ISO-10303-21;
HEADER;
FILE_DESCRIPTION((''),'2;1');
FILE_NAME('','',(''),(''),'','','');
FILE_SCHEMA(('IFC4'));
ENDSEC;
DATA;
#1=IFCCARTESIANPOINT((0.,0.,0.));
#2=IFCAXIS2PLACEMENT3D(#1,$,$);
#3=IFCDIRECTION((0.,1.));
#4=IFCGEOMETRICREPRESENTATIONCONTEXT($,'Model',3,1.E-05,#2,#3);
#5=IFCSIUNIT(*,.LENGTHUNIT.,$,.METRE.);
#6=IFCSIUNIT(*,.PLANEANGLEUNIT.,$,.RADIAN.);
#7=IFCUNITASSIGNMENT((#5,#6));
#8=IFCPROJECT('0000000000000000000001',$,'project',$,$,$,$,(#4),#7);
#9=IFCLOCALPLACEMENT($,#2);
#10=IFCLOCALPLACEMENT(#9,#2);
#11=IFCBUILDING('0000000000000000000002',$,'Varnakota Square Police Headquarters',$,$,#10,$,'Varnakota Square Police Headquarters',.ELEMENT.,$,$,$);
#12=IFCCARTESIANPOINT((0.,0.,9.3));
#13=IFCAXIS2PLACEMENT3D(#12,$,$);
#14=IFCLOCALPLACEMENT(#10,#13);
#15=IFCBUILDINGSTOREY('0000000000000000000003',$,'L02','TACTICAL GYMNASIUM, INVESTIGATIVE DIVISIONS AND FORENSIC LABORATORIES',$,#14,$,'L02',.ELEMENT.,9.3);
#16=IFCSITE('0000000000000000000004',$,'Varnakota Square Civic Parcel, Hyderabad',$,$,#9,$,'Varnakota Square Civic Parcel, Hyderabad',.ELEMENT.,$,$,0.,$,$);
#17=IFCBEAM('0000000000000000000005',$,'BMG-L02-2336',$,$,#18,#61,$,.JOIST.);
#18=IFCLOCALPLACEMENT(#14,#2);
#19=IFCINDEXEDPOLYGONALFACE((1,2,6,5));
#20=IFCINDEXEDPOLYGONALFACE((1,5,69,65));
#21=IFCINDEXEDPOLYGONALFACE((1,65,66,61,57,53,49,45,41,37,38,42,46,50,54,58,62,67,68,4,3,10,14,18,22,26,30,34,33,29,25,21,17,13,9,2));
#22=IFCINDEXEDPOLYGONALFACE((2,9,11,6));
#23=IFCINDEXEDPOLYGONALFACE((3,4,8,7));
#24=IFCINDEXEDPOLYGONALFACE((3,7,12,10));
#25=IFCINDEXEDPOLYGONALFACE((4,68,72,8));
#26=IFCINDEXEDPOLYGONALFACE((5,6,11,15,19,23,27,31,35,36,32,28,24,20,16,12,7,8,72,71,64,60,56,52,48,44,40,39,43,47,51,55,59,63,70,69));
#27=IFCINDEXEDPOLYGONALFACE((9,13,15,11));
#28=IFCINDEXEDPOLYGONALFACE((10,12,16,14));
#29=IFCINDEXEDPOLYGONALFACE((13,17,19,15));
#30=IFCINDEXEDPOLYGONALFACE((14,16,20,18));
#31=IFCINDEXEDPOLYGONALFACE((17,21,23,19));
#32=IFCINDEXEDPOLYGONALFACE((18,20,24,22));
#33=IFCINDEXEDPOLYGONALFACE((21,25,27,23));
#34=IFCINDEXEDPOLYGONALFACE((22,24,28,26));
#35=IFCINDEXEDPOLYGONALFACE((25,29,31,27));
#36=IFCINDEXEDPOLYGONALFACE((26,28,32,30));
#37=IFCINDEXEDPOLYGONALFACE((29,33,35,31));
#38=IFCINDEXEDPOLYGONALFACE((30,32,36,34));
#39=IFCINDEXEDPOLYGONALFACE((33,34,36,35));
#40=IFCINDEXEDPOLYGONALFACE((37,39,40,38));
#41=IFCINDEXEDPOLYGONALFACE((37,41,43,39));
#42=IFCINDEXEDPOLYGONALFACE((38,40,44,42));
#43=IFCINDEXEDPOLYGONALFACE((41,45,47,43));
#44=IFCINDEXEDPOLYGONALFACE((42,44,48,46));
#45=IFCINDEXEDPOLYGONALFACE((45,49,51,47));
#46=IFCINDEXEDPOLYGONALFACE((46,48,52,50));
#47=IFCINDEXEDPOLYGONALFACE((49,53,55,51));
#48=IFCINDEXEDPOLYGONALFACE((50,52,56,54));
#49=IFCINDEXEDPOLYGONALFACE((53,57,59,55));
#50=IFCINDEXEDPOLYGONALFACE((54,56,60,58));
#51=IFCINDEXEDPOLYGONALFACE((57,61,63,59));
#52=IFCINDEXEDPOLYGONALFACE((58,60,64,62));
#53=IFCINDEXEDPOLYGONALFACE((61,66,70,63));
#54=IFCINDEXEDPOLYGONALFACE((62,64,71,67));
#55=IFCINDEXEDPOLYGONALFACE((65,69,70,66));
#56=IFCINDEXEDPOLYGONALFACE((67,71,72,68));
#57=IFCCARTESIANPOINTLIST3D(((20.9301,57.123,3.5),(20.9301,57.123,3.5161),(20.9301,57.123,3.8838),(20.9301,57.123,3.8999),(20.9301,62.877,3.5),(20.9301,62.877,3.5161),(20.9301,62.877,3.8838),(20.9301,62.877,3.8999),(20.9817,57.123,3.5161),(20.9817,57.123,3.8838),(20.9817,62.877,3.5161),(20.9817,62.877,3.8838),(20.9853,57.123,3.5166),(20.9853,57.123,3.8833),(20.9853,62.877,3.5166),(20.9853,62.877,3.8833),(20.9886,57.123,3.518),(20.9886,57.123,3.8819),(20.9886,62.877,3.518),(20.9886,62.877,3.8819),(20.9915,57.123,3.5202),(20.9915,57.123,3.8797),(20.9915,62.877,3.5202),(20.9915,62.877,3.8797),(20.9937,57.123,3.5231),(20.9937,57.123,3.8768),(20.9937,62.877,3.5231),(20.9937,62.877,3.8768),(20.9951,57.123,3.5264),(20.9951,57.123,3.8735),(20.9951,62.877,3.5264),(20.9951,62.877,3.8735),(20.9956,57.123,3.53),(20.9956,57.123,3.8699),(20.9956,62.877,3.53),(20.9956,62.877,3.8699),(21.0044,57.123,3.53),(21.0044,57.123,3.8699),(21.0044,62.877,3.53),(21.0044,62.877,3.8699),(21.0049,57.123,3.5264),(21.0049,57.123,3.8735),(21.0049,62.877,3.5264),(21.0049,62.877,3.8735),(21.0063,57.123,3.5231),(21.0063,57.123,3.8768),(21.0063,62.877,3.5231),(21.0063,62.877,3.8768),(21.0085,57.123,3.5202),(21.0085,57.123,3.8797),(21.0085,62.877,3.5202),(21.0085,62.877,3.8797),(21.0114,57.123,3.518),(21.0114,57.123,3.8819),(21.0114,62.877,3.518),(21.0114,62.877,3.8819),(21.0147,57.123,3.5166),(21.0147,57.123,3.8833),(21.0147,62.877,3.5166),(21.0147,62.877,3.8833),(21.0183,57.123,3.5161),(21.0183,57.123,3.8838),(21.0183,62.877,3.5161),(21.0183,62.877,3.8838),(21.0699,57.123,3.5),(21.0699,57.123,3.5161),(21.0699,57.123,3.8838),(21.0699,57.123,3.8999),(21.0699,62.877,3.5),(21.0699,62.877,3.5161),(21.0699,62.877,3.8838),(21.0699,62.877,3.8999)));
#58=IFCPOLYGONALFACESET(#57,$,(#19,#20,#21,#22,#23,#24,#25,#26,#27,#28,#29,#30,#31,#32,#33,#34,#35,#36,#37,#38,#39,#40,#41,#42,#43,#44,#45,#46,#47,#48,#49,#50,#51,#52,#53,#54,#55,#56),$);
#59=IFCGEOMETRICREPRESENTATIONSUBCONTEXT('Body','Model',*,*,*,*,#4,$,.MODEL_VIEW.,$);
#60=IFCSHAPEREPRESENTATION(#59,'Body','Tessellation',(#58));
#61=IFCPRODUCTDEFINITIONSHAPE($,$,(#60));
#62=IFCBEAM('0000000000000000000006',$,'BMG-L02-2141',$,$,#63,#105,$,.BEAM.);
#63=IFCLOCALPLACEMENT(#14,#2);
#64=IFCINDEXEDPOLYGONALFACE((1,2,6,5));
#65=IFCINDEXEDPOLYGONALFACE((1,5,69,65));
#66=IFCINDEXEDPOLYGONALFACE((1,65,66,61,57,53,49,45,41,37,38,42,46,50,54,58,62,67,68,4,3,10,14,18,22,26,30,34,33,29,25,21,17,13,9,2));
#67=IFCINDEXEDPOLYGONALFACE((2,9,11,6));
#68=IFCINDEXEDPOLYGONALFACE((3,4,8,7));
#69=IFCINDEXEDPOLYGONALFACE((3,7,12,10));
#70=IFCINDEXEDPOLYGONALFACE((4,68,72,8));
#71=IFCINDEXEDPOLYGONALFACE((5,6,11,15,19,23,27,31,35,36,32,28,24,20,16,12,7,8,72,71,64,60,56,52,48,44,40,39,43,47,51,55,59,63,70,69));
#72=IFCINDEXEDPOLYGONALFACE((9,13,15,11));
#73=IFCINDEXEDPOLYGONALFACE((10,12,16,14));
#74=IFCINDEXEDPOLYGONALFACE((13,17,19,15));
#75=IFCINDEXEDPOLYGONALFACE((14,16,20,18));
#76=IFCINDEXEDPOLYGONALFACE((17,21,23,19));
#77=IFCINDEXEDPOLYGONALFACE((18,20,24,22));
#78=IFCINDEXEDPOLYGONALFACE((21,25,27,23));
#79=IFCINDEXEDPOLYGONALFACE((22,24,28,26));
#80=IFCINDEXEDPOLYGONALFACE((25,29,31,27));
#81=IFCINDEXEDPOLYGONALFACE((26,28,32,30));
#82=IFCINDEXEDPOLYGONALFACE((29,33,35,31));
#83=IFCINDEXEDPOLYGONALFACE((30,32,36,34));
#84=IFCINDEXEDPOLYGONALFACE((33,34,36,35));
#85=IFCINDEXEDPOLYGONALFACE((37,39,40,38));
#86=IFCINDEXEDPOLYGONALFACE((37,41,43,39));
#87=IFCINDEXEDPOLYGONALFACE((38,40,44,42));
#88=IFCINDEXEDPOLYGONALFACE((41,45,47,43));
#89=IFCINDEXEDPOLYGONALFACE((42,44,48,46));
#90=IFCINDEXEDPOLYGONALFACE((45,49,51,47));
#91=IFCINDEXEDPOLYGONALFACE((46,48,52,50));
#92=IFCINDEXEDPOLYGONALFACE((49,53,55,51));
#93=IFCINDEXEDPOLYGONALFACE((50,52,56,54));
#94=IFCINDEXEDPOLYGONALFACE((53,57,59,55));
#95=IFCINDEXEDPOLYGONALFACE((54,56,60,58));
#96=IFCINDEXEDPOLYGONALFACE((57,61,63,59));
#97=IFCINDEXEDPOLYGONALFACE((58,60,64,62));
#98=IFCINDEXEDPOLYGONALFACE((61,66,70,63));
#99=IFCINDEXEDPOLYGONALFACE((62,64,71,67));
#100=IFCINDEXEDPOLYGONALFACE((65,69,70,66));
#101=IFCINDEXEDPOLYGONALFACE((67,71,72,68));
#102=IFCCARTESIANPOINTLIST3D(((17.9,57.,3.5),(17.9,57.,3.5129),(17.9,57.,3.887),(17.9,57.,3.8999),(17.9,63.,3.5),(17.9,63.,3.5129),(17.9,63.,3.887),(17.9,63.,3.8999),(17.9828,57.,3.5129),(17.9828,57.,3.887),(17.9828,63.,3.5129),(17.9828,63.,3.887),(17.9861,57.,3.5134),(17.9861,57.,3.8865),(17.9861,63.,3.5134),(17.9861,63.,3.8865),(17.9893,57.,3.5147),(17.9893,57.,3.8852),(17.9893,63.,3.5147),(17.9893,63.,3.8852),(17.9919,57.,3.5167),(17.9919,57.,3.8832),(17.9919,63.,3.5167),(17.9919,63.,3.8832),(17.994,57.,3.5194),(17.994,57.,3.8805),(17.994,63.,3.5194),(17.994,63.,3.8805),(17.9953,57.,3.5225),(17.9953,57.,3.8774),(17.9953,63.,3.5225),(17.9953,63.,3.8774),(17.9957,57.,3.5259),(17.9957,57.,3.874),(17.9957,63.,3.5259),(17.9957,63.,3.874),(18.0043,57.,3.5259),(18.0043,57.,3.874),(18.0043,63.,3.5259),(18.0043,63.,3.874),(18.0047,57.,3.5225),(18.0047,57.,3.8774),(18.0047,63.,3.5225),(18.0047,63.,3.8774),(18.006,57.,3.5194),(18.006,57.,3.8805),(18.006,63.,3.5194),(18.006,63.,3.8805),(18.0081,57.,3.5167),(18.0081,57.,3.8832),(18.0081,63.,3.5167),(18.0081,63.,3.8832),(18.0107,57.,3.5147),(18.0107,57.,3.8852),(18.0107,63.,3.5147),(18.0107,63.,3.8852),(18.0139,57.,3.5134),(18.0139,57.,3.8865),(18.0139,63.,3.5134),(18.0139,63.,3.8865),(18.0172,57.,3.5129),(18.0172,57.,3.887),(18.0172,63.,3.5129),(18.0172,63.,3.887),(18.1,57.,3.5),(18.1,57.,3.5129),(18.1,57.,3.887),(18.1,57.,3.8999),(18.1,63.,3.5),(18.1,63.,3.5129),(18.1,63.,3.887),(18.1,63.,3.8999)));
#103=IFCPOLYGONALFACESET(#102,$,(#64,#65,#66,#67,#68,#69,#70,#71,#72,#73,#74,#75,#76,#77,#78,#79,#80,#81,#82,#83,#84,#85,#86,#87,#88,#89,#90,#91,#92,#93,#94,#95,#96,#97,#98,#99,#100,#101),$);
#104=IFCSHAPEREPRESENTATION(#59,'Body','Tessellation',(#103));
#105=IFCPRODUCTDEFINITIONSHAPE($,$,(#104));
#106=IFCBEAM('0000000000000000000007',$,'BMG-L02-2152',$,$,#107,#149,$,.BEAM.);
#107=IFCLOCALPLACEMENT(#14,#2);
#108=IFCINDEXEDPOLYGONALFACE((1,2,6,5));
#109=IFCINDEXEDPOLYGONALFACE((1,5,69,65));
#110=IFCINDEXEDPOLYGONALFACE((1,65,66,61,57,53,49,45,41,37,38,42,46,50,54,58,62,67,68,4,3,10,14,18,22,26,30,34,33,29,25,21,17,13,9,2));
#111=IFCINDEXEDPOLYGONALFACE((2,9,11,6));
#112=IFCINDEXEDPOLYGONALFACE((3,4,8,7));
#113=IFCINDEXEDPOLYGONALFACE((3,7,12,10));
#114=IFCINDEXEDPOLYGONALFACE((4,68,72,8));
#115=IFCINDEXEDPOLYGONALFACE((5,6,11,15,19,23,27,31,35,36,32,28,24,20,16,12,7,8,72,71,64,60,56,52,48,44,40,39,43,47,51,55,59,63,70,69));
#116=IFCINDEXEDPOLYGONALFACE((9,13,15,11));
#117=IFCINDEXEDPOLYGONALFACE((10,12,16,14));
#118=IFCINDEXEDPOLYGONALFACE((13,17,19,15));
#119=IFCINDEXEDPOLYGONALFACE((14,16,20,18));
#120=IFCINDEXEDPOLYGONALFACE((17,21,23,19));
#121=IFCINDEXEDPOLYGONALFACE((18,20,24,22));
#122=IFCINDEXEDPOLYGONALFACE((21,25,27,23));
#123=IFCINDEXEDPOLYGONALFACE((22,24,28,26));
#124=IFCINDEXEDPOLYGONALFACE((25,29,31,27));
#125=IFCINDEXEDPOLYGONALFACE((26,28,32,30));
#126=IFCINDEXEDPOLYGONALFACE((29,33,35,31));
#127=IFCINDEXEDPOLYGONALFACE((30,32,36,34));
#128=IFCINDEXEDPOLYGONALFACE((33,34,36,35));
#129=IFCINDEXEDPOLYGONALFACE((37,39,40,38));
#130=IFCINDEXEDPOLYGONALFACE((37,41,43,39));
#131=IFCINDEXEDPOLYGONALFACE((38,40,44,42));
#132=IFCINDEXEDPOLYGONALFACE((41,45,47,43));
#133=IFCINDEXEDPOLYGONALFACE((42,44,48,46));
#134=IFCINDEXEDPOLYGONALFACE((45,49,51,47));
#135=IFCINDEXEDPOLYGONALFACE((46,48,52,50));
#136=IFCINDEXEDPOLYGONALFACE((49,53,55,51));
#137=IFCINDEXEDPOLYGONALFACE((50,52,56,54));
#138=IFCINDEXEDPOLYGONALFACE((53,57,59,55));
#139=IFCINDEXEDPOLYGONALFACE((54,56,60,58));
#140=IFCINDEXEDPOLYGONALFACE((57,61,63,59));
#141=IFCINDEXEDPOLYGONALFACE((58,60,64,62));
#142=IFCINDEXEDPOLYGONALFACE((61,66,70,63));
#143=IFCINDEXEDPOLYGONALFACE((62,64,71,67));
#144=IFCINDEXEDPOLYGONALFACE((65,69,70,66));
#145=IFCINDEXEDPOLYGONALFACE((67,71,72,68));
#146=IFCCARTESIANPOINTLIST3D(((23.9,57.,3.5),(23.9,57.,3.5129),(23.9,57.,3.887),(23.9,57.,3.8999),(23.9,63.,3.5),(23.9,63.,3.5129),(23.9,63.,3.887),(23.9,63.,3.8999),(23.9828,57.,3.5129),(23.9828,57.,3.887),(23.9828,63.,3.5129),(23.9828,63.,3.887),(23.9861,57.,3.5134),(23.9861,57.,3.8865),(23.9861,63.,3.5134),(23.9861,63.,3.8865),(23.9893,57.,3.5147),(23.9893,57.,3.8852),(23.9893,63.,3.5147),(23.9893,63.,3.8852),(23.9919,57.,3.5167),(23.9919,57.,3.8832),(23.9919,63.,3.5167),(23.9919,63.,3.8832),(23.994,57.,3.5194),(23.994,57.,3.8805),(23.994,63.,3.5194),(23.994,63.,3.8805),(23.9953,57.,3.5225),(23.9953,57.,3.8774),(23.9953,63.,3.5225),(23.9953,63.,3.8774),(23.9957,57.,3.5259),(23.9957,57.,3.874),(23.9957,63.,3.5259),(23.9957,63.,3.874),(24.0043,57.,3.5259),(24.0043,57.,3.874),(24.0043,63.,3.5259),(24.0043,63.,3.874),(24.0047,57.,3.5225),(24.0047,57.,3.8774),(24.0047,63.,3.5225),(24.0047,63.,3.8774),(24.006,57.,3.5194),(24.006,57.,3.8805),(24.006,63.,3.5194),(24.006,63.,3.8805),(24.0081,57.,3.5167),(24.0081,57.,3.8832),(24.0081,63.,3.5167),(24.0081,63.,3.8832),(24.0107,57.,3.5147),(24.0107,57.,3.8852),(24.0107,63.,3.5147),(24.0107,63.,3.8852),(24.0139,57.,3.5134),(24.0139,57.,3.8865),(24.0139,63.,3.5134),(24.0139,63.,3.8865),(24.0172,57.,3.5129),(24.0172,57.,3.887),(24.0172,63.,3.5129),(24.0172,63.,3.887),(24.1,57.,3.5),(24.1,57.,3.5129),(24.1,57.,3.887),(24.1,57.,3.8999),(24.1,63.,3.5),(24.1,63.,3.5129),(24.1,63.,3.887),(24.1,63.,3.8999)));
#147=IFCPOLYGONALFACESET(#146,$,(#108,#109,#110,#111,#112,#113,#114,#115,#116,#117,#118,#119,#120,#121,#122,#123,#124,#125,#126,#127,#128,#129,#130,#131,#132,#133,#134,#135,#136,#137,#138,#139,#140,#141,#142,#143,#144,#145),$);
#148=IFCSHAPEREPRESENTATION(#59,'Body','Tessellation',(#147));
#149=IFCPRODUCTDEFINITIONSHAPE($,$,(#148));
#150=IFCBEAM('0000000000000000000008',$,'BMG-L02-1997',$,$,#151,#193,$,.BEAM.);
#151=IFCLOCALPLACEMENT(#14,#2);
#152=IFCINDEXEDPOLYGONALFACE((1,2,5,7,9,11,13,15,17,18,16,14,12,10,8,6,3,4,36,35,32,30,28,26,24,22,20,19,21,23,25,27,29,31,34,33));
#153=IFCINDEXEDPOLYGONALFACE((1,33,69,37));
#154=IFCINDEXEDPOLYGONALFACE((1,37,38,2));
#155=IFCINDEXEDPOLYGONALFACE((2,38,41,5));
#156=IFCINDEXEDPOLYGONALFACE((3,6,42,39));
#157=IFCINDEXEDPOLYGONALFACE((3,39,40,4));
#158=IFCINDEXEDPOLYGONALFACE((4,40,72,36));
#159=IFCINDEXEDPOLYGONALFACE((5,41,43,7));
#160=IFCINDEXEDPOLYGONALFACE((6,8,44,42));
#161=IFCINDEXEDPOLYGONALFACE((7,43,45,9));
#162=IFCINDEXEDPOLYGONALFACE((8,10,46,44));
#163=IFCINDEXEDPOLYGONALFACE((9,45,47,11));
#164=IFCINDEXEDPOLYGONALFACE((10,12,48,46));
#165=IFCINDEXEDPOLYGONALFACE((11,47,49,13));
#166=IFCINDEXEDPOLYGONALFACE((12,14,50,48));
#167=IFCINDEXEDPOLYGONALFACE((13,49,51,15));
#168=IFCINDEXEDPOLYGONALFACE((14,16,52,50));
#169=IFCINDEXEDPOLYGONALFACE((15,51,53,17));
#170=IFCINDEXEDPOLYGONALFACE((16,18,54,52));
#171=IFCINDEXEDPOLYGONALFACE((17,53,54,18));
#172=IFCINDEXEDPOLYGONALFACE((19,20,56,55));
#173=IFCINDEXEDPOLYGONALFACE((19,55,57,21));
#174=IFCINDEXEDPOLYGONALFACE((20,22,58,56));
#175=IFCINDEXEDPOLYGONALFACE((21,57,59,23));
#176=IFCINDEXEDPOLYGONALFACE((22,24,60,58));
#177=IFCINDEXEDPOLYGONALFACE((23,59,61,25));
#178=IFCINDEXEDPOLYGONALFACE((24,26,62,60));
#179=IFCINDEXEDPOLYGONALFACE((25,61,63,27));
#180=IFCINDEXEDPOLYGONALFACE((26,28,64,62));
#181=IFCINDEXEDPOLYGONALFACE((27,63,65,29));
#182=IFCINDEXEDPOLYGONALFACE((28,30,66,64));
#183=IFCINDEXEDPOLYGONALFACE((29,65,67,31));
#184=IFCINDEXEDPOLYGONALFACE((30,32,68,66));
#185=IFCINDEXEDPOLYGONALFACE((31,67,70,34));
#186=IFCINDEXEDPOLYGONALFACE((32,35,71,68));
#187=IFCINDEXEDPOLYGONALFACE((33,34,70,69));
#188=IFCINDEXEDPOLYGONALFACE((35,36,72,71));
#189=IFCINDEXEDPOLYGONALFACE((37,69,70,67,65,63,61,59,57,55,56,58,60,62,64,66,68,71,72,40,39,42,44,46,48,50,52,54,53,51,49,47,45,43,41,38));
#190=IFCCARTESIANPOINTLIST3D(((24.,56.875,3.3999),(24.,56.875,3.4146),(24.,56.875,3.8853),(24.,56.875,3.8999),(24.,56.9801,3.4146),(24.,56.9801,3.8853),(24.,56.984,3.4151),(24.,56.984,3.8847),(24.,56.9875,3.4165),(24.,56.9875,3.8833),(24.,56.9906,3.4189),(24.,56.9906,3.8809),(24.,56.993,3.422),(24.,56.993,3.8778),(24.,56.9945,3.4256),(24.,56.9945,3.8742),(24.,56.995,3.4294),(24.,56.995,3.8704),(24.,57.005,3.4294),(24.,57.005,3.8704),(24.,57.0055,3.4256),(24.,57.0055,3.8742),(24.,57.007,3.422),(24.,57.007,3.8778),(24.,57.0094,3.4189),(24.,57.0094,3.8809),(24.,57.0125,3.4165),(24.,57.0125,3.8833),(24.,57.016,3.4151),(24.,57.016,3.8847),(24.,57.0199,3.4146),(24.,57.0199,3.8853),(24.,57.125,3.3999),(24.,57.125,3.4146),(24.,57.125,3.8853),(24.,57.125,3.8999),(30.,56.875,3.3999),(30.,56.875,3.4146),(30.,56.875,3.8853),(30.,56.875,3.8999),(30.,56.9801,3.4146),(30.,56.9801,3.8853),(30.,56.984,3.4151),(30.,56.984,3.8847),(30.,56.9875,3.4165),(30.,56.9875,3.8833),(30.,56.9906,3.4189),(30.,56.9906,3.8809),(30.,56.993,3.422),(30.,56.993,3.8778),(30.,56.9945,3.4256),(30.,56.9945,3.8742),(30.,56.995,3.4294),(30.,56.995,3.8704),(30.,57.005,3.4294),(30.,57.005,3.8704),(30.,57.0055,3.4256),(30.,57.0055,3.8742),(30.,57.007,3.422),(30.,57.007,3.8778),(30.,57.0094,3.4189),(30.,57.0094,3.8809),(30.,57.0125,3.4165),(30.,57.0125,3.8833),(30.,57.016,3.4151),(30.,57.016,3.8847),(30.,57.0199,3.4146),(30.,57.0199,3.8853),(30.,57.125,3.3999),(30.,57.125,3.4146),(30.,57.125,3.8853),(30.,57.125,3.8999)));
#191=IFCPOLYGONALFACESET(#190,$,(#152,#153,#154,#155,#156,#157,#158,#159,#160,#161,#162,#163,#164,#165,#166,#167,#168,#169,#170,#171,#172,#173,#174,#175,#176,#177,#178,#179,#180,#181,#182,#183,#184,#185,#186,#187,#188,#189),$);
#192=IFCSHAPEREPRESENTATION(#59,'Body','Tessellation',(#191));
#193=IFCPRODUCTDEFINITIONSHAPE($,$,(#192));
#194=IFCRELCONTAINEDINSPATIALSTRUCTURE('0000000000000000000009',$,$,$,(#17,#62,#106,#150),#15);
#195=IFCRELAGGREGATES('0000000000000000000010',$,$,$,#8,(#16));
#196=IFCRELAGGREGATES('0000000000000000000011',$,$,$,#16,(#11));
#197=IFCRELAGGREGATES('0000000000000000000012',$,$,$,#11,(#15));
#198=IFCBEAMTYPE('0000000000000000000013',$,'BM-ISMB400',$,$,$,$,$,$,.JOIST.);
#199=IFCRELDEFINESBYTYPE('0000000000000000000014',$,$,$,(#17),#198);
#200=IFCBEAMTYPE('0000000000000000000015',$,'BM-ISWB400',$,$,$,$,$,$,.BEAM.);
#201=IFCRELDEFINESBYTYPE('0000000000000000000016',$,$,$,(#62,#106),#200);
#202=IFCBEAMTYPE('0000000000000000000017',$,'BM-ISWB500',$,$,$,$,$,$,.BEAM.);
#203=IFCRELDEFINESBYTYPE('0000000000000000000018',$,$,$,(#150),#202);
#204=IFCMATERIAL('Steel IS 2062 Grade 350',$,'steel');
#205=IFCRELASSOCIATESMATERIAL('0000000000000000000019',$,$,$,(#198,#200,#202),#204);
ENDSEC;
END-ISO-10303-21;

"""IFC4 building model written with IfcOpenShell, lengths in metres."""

from ifc_helpers import new_model, si_unit, direction, frame, origin, origin_2d, place, context, subcontext, project, spatial, i_section, extrude, material, material_profile, profile_set, type_object, element, save


model = new_model("IFC4")

# Units and contexts
model_context = context("Model", 3, precision=1e-05, world=origin(), true_north=direction((0.0, 1.0)))
body_context = subcontext(model_context, "Body", "Model", "MODEL_VIEW")
ifc_project = project(units=[si_unit("LENGTHUNIT", "METRE"), si_unit("PLANEANGLEUNIT", "RADIAN")], contexts=[model_context])

# Site, building, storey
site_placement = place(None, origin())
site = spatial("IfcSite", under=ifc_project, at=site_placement, Name="Varnakota Square Civic Parcel, Hyderabad", LongName="Varnakota Square Civic Parcel, Hyderabad", CompositionType="ELEMENT", RefElevation=0.0)
building_placement = place(site_placement, origin())
building = spatial("IfcBuilding", under=site, at=building_placement, Name="Varnakota Square Police Headquarters", LongName="Varnakota Square Police Headquarters", CompositionType="ELEMENT")
storey_placement = place(building_placement, frame((0.0, 0.0, 9.3)))
storey = spatial("IfcBuildingStorey", under=building, at=storey_placement, Name="L02", Description="TACTICAL GYMNASIUM, INVESTIGATIVE DIVISIONS AND FORENSIC LABORATORIES", LongName="L02", CompositionType="ELEMENT", Elevation=9.3)

# Shared definitions
ifc_material_1 = material(Name="Steel IS 2062 Grade 350", Category="steel")

# Beams
ifc_material_profile_1 = material_profile(ifc_material_1, i_section(OverallWidth=0.1399, OverallDepth=0.3999, WebThickness=0.0088, FlangeThickness=0.0161, FilletRadius=0.0139, at=origin_2d()), Name="ISMB 400")
ifc_profile_set_1 = profile_set([ifc_material_profile_1], Name="Steel IS 2062 Grade 350")
beam_type_1 = type_object("IfcBeamType", Name="BM-ISMB400", PredefinedType="JOIST", material=ifc_profile_set_1)
beam_1_placement = place(storey_placement, frame((21.0, 57.123, 3.7), z_axis=(0.0, 1.0, 0.0), x_axis=(-1.0, 0.0, 0.0)))
element("IfcBeam", 1, at=beam_1_placement, inside=storey, type_object=beam_type_1, Name="BMG-L02-2336", PredefinedType="JOIST", context=body_context, shape_type="SweptSolid", body=[
    extrude(i_section(OverallWidth=0.1399, OverallDepth=0.3999, WebThickness=0.0088, FlangeThickness=0.0161, FilletRadius=0.0139, at=origin_2d()), origin(), (0.0, 0.0, 1.0), 5.7539),
])
ifc_material_profile_2 = material_profile(ifc_material_1, i_section(OverallWidth=0.2, OverallDepth=0.3999, WebThickness=0.0085, FlangeThickness=0.0129, FilletRadius=0.0129, at=origin_2d()), Name="ISWB 400")
ifc_profile_set_2 = profile_set([ifc_material_profile_2], Name="Steel IS 2062 Grade 350")
beam_type_2 = type_object("IfcBeamType", Name="BM-ISWB400", PredefinedType="BEAM", material=ifc_profile_set_2)
for number, where, z_axis, x_axis, name in (
    (2, (18.0, 57.0, 3.7), (0.0, 1.0, 0.0), (-1.0, 0.0, 0.0), "BMG-L02-2141"),
    (3, (24.0, 57.0, 3.7), (0.0, 1.0, 0.0), (-1.0, 0.0, 0.0), "BMG-L02-2152"),
):
    element("IfcBeam", number, at=place(storey_placement, frame(where, z_axis=z_axis, x_axis=x_axis)), inside=storey, type_object=beam_type_2, Name=name, PredefinedType="BEAM", context=body_context, shape_type="SweptSolid", body=[
        extrude(i_section(OverallWidth=0.2, OverallDepth=0.3999, WebThickness=0.0085, FlangeThickness=0.0129, FilletRadius=0.0129, at=origin_2d()), origin(), (0.0, 0.0, 1.0), 6.0),
    ])
ifc_material_profile_3 = material_profile(ifc_material_1, i_section(OverallWidth=0.25, OverallDepth=0.5, WebThickness=0.01, FlangeThickness=0.0146, FilletRadius=0.0149, at=origin_2d()), Name="ISWB 500")
ifc_profile_set_3 = profile_set([ifc_material_profile_3], Name="Steel IS 2062 Grade 350")
beam_type_3 = type_object("IfcBeamType", Name="BM-ISWB500", PredefinedType="BEAM", material=ifc_profile_set_3)
beam_2_placement = place(storey_placement, frame((24.0, 57.0, 3.6499), z_axis=(1.0, 0.0, 0.0), x_axis=(0.0, 1.0, 0.0)))
element("IfcBeam", 4, at=beam_2_placement, inside=storey, type_object=beam_type_3, Name="BMG-L02-1997", PredefinedType="BEAM", context=body_context, shape_type="SweptSolid", body=[
    extrude(i_section(OverallWidth=0.25, OverallDepth=0.5, WebThickness=0.01, FlangeThickness=0.0146, FilletRadius=0.0149, at=origin_2d()), origin(), (0.0, 0.0, 1.0), 6.0),
])

save(model, "model.ifc")
